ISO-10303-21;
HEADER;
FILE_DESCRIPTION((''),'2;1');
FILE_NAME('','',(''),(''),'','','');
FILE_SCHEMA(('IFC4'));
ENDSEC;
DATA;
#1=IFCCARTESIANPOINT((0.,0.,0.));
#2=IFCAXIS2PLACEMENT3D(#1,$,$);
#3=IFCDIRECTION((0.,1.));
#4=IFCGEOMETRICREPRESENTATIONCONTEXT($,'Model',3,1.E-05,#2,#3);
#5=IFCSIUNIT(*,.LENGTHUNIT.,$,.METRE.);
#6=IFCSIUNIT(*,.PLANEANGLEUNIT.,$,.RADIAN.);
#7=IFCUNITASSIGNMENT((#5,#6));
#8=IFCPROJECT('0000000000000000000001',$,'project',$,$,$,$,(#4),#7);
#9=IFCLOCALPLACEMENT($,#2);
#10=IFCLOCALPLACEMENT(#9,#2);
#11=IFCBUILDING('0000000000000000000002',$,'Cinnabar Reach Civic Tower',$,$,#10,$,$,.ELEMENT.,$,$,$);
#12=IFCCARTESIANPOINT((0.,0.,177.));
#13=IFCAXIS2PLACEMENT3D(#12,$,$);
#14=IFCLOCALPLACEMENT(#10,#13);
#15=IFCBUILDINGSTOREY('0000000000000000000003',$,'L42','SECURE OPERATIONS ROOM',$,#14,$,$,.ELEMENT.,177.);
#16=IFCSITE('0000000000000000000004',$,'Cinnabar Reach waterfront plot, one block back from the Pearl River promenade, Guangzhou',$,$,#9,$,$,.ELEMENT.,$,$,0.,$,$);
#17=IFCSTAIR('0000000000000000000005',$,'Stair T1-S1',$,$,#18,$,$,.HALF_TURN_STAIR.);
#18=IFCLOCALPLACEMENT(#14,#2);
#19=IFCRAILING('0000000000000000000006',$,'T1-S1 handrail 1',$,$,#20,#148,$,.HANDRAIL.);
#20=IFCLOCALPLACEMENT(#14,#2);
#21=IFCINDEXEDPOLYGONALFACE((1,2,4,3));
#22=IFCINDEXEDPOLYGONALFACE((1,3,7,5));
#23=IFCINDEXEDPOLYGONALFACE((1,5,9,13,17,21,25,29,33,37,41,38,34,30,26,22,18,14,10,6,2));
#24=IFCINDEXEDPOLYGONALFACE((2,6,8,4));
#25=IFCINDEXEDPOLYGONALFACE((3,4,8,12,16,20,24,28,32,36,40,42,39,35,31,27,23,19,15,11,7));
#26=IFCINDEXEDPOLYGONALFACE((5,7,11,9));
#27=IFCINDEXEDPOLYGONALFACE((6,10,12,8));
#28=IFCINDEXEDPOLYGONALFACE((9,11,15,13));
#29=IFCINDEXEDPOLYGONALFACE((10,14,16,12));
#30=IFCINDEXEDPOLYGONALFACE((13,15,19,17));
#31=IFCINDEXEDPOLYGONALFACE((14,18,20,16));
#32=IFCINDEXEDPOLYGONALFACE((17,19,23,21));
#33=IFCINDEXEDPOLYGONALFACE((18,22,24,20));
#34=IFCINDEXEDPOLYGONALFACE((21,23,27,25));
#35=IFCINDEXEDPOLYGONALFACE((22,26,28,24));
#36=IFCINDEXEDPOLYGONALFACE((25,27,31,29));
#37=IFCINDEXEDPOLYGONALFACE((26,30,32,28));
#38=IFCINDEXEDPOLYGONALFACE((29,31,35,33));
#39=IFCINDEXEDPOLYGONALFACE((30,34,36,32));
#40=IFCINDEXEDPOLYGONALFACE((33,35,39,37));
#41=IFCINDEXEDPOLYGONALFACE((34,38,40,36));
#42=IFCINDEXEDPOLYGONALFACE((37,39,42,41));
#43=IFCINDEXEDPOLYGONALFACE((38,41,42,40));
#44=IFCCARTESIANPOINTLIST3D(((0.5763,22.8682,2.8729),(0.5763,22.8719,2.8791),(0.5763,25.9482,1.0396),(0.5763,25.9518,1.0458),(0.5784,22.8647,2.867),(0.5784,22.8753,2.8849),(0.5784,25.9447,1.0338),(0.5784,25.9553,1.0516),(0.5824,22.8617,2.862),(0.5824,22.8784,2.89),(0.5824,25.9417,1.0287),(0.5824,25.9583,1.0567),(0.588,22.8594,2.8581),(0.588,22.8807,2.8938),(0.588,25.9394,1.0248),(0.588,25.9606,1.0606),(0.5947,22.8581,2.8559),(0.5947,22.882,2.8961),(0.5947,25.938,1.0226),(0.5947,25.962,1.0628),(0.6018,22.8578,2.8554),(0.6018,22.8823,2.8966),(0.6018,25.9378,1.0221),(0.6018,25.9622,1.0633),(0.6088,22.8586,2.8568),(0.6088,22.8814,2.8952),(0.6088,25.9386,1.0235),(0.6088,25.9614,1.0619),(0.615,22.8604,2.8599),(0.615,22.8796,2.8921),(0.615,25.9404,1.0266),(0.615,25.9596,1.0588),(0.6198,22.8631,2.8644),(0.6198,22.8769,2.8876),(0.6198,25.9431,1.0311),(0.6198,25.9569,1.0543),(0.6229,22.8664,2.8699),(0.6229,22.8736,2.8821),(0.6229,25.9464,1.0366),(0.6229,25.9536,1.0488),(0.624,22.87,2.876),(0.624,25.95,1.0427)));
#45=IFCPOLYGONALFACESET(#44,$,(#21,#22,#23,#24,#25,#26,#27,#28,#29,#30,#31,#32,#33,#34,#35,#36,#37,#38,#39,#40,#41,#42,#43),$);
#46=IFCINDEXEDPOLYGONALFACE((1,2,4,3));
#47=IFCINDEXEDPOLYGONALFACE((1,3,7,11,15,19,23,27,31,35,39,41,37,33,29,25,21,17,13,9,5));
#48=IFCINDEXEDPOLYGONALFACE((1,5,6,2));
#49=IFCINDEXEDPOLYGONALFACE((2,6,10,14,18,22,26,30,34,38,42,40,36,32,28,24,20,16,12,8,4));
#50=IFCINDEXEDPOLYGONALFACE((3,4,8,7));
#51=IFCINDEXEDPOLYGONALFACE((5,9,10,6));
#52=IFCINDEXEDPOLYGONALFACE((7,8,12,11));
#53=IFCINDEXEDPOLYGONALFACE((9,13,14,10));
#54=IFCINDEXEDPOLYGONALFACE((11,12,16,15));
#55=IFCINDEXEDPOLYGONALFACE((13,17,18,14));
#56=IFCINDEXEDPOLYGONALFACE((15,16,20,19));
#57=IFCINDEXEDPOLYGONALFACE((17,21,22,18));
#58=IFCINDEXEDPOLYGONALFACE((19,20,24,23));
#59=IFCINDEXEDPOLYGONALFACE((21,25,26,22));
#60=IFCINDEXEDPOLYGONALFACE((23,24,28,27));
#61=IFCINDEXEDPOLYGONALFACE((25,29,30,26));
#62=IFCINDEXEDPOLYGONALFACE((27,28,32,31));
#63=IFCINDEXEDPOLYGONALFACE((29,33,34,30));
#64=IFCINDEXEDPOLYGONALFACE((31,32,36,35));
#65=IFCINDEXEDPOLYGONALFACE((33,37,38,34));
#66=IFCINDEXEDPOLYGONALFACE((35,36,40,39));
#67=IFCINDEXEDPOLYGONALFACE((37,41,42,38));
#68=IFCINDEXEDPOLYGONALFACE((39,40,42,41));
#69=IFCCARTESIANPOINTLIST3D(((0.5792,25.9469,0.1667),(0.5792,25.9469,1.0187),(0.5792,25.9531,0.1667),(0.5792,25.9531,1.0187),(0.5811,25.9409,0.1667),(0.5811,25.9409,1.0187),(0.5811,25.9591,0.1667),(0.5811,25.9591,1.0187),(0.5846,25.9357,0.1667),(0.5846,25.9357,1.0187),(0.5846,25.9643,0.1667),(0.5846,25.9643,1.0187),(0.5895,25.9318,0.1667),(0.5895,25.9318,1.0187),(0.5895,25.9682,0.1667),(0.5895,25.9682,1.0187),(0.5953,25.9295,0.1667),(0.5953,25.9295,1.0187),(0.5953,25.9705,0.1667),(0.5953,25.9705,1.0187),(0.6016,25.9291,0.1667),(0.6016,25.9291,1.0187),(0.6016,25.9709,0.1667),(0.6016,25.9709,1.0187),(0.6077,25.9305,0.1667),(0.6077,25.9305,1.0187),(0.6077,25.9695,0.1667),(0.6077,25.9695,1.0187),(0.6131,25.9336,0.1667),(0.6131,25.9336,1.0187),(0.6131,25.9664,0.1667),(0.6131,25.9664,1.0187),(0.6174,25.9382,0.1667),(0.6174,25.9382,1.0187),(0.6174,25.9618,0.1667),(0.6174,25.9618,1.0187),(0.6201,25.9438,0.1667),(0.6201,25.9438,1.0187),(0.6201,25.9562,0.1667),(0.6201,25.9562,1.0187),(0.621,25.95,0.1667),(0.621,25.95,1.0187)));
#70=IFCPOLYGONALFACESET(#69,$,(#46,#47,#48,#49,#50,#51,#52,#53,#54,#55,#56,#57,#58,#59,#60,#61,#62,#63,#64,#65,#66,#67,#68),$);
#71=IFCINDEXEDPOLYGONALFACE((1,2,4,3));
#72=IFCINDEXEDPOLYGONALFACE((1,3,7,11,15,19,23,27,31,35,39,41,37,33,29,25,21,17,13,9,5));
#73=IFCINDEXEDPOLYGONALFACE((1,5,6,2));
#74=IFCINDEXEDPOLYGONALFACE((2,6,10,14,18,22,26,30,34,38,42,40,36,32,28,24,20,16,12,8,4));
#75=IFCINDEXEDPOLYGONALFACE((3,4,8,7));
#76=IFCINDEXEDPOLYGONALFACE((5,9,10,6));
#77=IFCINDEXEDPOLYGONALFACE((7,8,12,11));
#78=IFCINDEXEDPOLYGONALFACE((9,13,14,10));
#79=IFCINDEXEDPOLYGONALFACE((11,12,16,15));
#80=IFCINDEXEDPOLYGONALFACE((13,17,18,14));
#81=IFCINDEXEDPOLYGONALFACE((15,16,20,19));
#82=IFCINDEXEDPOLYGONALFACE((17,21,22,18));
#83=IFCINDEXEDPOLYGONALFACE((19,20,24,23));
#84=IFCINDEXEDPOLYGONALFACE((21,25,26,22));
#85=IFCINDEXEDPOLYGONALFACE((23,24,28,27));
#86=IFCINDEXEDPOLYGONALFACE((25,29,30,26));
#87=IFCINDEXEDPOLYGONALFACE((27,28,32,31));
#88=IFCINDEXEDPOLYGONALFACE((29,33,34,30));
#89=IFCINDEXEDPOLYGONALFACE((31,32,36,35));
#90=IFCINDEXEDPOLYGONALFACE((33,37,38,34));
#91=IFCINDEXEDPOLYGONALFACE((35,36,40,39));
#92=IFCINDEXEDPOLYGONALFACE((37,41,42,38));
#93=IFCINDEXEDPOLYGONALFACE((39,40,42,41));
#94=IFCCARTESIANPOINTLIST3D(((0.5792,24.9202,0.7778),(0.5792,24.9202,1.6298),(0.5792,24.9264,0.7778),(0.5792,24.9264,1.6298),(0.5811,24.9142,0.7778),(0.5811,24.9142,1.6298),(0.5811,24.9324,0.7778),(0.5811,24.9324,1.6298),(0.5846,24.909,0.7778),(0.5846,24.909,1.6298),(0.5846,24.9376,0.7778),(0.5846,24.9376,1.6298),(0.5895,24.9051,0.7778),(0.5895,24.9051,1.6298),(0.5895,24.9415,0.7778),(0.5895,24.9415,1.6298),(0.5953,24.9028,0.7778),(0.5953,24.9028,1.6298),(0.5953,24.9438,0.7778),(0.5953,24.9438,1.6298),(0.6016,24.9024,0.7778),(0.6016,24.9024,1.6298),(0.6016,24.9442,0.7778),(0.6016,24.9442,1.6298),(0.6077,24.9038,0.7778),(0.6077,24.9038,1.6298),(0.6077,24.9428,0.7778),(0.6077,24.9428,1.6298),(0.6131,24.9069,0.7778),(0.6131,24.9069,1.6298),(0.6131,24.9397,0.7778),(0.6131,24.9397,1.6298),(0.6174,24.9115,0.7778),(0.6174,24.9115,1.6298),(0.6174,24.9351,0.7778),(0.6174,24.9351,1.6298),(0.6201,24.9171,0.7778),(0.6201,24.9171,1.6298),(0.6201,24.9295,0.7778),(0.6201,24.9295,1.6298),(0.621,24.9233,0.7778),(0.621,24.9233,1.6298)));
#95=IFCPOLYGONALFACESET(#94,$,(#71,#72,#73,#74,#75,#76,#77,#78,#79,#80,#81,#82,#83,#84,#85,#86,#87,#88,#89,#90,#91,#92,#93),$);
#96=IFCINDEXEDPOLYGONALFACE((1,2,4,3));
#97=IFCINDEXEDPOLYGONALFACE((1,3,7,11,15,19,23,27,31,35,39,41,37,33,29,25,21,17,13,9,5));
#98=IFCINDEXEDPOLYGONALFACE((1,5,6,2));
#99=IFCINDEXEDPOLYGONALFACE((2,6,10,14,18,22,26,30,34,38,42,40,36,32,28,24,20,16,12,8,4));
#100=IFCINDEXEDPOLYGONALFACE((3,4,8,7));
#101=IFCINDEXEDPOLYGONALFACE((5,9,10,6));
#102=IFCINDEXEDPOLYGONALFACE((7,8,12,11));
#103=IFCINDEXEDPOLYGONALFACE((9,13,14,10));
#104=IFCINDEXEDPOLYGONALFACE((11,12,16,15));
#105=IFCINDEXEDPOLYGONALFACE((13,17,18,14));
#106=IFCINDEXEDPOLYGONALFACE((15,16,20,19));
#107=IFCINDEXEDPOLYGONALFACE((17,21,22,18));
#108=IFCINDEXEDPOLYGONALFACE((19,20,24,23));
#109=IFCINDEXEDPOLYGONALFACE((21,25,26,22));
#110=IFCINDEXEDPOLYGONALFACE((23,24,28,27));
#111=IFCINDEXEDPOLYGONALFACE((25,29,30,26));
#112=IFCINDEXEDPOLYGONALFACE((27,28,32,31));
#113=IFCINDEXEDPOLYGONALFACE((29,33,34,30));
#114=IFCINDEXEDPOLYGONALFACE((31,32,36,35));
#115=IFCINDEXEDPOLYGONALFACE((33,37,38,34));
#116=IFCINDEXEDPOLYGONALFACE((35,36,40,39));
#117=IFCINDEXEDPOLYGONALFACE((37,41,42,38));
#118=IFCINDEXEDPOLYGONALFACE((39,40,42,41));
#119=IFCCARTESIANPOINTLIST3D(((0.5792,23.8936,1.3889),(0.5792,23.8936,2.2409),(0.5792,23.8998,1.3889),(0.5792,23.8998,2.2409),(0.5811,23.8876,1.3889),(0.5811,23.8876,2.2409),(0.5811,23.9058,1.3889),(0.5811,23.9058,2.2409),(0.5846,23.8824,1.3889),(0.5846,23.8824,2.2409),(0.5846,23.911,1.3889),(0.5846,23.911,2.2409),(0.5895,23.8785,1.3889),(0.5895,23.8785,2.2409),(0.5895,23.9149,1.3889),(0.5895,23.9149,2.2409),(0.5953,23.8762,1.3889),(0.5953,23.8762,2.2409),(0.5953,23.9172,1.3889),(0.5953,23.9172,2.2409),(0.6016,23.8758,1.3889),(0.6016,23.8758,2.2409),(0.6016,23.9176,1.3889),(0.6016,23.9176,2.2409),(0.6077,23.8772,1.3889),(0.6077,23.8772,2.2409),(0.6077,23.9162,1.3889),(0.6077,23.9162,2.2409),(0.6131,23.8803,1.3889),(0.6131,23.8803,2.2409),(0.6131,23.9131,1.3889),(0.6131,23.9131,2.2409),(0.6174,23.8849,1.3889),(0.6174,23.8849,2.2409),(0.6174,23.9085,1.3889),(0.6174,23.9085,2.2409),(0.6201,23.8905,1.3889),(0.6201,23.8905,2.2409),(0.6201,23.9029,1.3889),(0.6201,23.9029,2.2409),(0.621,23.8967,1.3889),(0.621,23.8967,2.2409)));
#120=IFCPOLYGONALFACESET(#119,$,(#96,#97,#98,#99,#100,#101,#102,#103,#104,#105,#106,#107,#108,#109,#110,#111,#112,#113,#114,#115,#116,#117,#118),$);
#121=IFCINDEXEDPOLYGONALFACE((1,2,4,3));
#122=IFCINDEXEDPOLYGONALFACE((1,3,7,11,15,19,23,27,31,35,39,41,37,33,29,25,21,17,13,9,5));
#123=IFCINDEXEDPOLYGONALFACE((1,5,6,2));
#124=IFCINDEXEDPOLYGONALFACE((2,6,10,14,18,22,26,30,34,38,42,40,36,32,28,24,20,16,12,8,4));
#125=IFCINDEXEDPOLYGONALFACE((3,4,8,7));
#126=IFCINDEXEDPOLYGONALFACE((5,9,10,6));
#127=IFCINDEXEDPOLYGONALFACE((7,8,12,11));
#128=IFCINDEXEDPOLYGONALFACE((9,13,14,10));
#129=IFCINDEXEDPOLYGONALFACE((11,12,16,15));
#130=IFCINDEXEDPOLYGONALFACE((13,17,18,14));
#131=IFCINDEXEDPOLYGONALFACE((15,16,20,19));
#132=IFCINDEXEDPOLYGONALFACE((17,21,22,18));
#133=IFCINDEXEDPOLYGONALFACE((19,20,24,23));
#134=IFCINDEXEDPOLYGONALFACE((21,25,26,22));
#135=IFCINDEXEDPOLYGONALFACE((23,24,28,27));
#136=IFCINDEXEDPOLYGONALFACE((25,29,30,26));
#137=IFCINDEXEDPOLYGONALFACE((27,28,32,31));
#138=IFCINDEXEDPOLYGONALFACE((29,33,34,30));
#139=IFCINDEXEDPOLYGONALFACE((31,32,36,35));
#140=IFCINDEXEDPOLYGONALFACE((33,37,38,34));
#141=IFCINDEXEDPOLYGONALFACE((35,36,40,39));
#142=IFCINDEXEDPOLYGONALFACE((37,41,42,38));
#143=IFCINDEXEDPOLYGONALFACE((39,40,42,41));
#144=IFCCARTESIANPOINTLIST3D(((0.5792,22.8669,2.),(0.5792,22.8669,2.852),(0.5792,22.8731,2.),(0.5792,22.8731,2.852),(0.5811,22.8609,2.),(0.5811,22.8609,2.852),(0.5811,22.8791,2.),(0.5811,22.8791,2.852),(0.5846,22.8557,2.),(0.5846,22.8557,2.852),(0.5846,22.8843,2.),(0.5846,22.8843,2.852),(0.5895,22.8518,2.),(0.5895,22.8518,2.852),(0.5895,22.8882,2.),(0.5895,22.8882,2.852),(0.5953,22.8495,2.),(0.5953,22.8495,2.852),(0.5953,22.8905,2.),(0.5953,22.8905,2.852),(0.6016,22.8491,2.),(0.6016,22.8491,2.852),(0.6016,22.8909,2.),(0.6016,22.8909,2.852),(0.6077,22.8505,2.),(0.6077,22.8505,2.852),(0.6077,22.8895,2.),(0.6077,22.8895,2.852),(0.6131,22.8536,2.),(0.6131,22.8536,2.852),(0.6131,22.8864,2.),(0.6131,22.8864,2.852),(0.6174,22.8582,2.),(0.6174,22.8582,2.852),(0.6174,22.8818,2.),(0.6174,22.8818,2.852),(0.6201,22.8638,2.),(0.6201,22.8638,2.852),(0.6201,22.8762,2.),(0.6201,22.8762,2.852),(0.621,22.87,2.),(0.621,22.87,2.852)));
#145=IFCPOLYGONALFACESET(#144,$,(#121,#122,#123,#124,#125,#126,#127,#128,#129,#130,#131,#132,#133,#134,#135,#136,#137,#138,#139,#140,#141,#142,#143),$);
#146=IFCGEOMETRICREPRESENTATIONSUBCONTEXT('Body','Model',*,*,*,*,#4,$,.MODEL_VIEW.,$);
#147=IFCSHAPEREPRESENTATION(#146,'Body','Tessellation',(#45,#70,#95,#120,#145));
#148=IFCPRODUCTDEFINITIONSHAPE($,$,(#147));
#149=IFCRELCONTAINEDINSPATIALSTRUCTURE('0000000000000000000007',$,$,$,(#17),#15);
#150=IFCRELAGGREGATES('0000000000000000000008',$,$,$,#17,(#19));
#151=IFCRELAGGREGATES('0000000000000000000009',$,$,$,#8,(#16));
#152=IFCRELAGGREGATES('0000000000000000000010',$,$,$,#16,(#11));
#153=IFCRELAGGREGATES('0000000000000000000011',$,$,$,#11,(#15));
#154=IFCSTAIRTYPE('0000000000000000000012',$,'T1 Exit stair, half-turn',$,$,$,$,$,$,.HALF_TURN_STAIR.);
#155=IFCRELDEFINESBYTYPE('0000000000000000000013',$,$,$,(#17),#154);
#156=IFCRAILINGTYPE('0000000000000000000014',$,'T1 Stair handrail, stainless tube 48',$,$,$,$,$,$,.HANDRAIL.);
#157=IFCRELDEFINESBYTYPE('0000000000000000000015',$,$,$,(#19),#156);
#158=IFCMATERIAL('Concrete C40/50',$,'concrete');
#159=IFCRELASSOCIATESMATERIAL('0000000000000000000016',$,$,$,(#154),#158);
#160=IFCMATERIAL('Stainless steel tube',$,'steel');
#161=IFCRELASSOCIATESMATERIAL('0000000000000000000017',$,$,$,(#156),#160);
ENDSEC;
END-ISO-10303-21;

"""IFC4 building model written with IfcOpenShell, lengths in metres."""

from ifc_helpers import new_model, si_unit, direction, frame, origin, origin_2d, place, context, subcontext, project, spatial, circle, extrude, material, type_object, element, aggregate, save


model = new_model("IFC4")

# Units and contexts
model_context = context("Model", 3, precision=1e-05, world=origin(), true_north=direction((0.0, 1.0)))
body_context = subcontext(model_context, "Body", "Model", "MODEL_VIEW")
ifc_project = project(units=[si_unit("LENGTHUNIT", "METRE"), si_unit("PLANEANGLEUNIT", "RADIAN")], contexts=[model_context])

# Site, building, storey
site_placement = place(None, origin())
site = spatial("IfcSite", under=ifc_project, at=site_placement, Name="Cinnabar Reach waterfront plot, one block back from the Pearl River promenade, Guangzhou", CompositionType="ELEMENT", RefElevation=0.0)
building_placement = place(site_placement, origin())
building = spatial("IfcBuilding", under=site, at=building_placement, Name="Cinnabar Reach Civic Tower", CompositionType="ELEMENT")
storey_placement = place(building_placement, frame((0.0, 0.0, 177.0)))
storey = spatial("IfcBuildingStorey", under=building, at=storey_placement, Name="L42", Description="SECURE OPERATIONS ROOM", CompositionType="ELEMENT", Elevation=177.0)

# Shared definitions
ifc_material_1 = material(Name="Concrete C40/50", Category="concrete")

# Stair, railing
stair_type = type_object("IfcStairType", Name="T1 Exit stair, half-turn", PredefinedType="HALF_TURN_STAIR", material=ifc_material_1)
stair_placement = place(storey_placement, origin())
stair = element("IfcStair", 1, at=stair_placement, inside=storey, type_object=stair_type, Name="Stair T1-S1", PredefinedType="HALF_TURN_STAIR")
ifc_material_2 = material(Name="Stainless steel tube", Category="steel")
railing_type = type_object("IfcRailingType", Name="T1 Stair handrail, stainless tube 48", PredefinedType="HANDRAIL", material=ifc_material_2)
railing_1_placement = place(storey_placement, frame((0.6, 25.95, 0.1667)))
railing_1 = element("IfcRailing", 2, at=railing_1_placement, type_object=railing_type, Name="T1-S1 handrail 1", PredefinedType="HANDRAIL", context=body_context, shape_type="SweptSolid", body=[
    extrude(circle(Radius=0.024, at=origin_2d()), frame((0.0, 0.0, 0.876), z_axis=(0.0, -0.859297, 0.511477), x_axis=(1.0, 0.0, 0.0)), (0.0, 0.0, 1.0), 3.5843),
    extrude(circle(Radius=0.021, at=origin_2d()), origin(), (0.0, 0.0, 1.0), 0.852),
    extrude(circle(Radius=0.021, at=origin_2d()), frame((0.0, -1.0267, 0.6111)), (0.0, 0.0, 1.0), 0.852),
    extrude(circle(Radius=0.021, at=origin_2d()), frame((0.0, -2.0533, 1.2222)), (0.0, 0.0, 1.0), 0.852),
    extrude(circle(Radius=0.021, at=origin_2d()), frame((0.0, -3.08, 1.8333)), (0.0, 0.0, 1.0), 0.852),
])
aggregate(stair, [railing_1])

save(model, "model.ifc")
